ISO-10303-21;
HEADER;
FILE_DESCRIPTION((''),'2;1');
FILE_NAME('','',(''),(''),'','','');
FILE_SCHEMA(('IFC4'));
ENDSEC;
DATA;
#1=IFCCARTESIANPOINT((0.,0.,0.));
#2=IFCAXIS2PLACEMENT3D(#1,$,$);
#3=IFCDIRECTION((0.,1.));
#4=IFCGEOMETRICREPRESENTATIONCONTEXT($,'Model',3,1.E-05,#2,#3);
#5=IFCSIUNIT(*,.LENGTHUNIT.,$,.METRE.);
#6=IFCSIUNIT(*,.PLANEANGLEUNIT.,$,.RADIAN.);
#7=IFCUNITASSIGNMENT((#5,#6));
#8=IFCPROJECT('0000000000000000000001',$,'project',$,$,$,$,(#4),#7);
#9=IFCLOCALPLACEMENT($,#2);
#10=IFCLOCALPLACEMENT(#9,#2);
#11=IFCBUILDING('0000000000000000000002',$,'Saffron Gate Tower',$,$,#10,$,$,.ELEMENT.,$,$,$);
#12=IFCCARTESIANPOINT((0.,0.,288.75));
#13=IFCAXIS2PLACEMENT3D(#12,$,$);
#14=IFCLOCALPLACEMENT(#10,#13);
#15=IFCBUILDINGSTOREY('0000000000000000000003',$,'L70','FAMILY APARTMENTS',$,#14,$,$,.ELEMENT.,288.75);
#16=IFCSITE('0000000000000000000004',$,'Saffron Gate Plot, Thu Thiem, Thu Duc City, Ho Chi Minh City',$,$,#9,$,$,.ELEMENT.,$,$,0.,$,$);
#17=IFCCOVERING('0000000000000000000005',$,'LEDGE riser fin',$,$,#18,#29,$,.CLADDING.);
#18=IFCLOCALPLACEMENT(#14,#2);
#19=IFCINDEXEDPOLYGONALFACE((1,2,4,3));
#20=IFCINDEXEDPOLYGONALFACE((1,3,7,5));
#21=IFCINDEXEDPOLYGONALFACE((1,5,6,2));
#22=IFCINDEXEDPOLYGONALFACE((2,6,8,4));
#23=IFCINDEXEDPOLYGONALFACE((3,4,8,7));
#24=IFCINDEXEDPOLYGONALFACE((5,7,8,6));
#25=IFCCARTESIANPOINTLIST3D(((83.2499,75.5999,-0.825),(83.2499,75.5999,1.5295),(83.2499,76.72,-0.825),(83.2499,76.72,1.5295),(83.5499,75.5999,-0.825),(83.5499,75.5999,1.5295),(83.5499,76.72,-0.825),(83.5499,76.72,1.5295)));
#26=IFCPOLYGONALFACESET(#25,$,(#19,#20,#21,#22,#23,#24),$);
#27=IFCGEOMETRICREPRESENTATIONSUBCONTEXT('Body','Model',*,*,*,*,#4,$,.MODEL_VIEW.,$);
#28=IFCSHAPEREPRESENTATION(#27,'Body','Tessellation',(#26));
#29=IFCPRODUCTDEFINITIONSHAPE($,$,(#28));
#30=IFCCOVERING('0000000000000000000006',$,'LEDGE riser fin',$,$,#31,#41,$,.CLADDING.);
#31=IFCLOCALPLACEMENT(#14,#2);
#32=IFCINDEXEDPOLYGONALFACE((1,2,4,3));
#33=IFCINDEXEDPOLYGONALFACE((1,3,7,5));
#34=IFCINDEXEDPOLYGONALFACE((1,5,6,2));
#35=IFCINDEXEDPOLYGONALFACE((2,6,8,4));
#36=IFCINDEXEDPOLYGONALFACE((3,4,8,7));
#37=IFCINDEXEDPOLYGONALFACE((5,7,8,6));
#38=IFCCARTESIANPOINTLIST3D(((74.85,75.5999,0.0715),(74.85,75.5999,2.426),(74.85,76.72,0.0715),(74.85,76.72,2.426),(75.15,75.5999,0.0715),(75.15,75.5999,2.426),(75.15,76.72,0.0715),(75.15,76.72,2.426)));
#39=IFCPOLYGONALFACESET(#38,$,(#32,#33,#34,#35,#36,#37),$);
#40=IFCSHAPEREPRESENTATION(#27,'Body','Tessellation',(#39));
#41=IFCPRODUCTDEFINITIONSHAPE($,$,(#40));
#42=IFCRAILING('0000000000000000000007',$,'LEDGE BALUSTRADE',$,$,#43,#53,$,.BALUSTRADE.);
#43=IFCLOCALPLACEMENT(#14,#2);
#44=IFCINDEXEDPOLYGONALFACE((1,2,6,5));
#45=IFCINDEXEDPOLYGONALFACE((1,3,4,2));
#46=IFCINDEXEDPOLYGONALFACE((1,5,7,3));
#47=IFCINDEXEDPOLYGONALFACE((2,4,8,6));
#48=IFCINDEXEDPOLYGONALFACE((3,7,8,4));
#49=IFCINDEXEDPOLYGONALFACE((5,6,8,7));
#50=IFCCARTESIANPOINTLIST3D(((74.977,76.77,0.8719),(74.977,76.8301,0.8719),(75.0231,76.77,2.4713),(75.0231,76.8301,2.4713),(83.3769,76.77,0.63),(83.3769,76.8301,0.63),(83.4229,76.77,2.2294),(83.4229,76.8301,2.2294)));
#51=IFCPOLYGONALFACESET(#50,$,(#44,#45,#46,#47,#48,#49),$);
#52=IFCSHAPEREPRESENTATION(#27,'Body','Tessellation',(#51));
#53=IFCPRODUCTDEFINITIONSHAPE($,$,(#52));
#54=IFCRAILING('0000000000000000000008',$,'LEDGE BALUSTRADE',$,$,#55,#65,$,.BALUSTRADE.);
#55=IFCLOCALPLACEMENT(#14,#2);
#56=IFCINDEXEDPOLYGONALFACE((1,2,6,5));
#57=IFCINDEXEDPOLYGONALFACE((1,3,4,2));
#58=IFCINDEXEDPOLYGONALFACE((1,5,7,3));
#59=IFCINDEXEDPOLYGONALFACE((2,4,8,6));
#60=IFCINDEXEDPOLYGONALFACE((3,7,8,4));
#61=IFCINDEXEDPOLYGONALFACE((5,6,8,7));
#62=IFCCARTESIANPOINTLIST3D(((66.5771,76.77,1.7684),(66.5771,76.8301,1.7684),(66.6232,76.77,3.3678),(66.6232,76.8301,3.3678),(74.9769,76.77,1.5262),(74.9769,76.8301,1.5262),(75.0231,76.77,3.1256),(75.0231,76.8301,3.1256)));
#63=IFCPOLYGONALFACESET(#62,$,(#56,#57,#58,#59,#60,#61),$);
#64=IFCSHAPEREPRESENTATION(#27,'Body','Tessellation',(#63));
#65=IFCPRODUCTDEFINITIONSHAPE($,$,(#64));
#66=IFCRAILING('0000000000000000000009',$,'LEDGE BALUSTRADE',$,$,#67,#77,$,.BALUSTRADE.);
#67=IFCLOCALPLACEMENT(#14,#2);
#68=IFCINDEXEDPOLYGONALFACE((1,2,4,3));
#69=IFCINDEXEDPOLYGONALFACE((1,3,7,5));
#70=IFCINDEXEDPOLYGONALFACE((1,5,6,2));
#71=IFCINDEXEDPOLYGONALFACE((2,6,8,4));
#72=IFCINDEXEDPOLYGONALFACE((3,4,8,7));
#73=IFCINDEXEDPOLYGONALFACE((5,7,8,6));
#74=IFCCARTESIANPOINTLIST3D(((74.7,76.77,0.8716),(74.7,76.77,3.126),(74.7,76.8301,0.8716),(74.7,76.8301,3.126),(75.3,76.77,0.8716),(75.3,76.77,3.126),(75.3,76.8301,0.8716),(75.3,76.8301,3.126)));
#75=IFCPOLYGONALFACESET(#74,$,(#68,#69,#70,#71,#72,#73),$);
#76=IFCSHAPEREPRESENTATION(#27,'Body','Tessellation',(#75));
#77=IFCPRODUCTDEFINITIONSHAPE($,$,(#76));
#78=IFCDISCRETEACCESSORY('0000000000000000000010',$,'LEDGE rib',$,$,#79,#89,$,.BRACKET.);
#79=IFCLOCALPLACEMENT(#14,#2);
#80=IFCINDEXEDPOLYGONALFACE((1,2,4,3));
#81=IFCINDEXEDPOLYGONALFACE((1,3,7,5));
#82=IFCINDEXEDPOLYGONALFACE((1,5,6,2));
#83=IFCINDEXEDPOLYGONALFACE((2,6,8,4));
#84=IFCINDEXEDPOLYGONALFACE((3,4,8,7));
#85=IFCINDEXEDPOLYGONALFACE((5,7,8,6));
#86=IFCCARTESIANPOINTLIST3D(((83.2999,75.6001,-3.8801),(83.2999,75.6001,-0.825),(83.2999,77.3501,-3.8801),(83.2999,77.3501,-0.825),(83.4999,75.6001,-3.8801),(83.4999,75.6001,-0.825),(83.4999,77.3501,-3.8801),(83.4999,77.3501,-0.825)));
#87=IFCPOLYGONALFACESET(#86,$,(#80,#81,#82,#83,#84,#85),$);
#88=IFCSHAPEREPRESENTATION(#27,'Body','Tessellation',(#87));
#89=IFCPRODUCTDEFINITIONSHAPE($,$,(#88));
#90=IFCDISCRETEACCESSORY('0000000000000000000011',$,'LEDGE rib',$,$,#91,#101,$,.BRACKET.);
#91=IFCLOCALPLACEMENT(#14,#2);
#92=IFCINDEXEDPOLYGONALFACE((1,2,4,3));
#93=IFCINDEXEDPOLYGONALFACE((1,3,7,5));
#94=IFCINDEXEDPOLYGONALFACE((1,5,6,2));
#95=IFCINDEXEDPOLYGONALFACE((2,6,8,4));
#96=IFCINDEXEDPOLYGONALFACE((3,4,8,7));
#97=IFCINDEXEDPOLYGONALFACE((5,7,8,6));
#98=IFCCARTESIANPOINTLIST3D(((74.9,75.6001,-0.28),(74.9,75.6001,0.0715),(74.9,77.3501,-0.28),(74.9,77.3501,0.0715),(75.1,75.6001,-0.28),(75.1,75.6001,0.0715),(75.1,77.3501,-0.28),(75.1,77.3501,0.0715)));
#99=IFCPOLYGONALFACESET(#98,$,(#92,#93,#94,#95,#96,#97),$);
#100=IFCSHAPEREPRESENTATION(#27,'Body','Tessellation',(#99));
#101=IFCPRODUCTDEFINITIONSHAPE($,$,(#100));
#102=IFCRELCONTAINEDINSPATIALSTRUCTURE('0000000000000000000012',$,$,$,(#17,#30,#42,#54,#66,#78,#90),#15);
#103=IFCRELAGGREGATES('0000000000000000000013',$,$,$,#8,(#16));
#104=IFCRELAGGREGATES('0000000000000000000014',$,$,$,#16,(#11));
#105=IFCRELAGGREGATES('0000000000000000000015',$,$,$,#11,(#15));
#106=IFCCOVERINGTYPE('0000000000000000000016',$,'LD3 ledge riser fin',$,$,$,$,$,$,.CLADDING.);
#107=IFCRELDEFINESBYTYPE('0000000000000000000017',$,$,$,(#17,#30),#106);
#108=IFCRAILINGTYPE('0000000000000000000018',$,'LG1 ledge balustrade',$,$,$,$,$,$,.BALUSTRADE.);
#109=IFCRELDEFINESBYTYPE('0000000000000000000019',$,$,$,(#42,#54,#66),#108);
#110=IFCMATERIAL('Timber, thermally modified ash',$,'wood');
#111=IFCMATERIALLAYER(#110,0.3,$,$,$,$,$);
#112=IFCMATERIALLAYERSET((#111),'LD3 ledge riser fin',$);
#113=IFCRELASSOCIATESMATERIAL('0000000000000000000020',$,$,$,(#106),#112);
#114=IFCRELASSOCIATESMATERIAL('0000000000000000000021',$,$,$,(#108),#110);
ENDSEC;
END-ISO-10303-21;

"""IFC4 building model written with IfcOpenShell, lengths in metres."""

from ifc_helpers import new_model, si_unit, direction, frame, origin, origin_2d, place, context, subcontext, project, spatial, rectangle, extrude, material, layer, layer_set, type_object, element, save


model = new_model("IFC4")

# Units and contexts
model_context = context("Model", 3, precision=1e-05, world=origin(), true_north=direction((0.0, 1.0)))
body_context = subcontext(model_context, "Body", "Model", "MODEL_VIEW")
ifc_project = project(units=[si_unit("LENGTHUNIT", "METRE"), si_unit("PLANEANGLEUNIT", "RADIAN")], contexts=[model_context])

# Site, building, storey
site_placement = place(None, origin())
site = spatial("IfcSite", under=ifc_project, at=site_placement, Name="Saffron Gate Plot, Thu Thiem, Thu Duc City, Ho Chi Minh City", CompositionType="ELEMENT", RefElevation=0.0)
building_placement = place(site_placement, origin())
building = spatial("IfcBuilding", under=site, at=building_placement, Name="Saffron Gate Tower", CompositionType="ELEMENT")
storey_placement = place(building_placement, frame((0.0, 0.0, 288.75)))
storey = spatial("IfcBuildingStorey", under=building, at=storey_placement, Name="L70", Description="FAMILY APARTMENTS", CompositionType="ELEMENT", Elevation=288.75)

# Coverings
ifc_material_1 = material(Name="Timber, thermally modified ash", Category="wood")
ifc_layer_1 = layer(ifc_material_1, 0.3)
ifc_layer_set_1 = layer_set([ifc_layer_1], Name="LD3 ledge riser fin")
covering_type_1 = type_object("IfcCoveringType", Name="LD3 ledge riser fin", PredefinedType="CLADDING", material=ifc_layer_set_1)
for number, where, z_axis, x_axis, name in (
    (1, (83.3999, 76.1599, -0.825), (0.0, 0.0, 1.0), (-1.0, 0.0, 0.0), "LEDGE riser fin"),
    (2, (75.0, 76.1599, 0.0715), (0.0, 0.0, 1.0), (-1.0, 0.0, 0.0), "LEDGE riser fin"),
):
    element("IfcCovering", number, at=place(storey_placement, frame(where, z_axis=z_axis, x_axis=x_axis)), inside=storey, type_object=covering_type_1, Name=name, PredefinedType="CLADDING", context=body_context, shape_type="SweptSolid", body=[
        extrude(rectangle(XDim=0.3, YDim=1.1201, at=origin_2d()), origin(), (0.0, 0.0, 1.0), 2.3545),
    ])

# Railings
railing_type_1 = type_object("IfcRailingType", Name="LG1 ledge balustrade", PredefinedType="BALUSTRADE", material=ifc_material_1)
railing_1_placement = place(storey_placement, frame((83.3999, 76.8, 0.6296)))
element("IfcRailing", 3, at=railing_1_placement, inside=storey, type_object=railing_type_1, Name="LEDGE BALUSTRADE", PredefinedType="BALUSTRADE", context=body_context, shape_type="SweptSolid", body=[
    extrude(rectangle(XDim=0.0601, YDim=1.6001, at=origin_2d()), frame((0.0, 0.0, 0.8), z_axis=(-0.999585, 0.0, 0.028791), x_axis=(0.0, -1.0, 0.0)), (0.0, 0.0, 1.0), 8.4033),
])
railing_2_placement = place(storey_placement, frame((75.0, 76.8, 1.5259)))
element("IfcRailing", 4, at=railing_2_placement, inside=storey, type_object=railing_type_1, Name="LEDGE BALUSTRADE", PredefinedType="BALUSTRADE", context=body_context, shape_type="SweptSolid", body=[
    extrude(rectangle(XDim=0.0601, YDim=1.6001, at=origin_2d()), frame((0.0, 0.0, 0.8), z_axis=(-0.999585, 0.0, 0.02882), x_axis=(0.0, -1.0, 0.0)), (0.0, 0.0, 1.0), 8.4033),
])
railing_3_placement = place(storey_placement, frame((75.3, 76.8, 0.8716)))
element("IfcRailing", 5, at=railing_3_placement, inside=storey, type_object=railing_type_1, Name="LEDGE BALUSTRADE", PredefinedType="BALUSTRADE", context=body_context, shape_type="SweptSolid", body=[
    extrude(rectangle(XDim=0.0601, YDim=2.2544, at=origin_2d()), frame((0.0, 0.0, 1.1272), z_axis=(-1.0, 0.0, 0.0), x_axis=(0.0, -1.0, 0.0)), (0.0, 0.0, 1.0), 0.6001),
])

# Discrete accessories
discrete_accessory_1_placement = place(storey_placement, frame((83.3999, 76.4751, -3.8801), z_axis=(0.0, 0.0, 1.0), x_axis=(-1.0, 0.0, 0.0)))
element("IfcDiscreteAccessory", 6, at=discrete_accessory_1_placement, inside=storey, Name="LEDGE rib", PredefinedType="BRACKET", context=body_context, shape_type="SweptSolid", body=[
    extrude(rectangle(XDim=0.2, YDim=1.75, at=origin_2d()), origin(), (0.0, 0.0, 1.0), 3.0552),
])
discrete_accessory_2_placement = place(storey_placement, frame((75.0, 76.4751, -0.28), z_axis=(0.0, 0.0, 1.0), x_axis=(-1.0, 0.0, 0.0)))
element("IfcDiscreteAccessory", 7, at=discrete_accessory_2_placement, inside=storey, Name="LEDGE rib", PredefinedType="BRACKET", context=body_context, shape_type="SweptSolid", body=[
    extrude(rectangle(XDim=0.2, YDim=1.75, at=origin_2d()), origin(), (0.0, 0.0, 1.0), 0.3516),
])

save(model, "model.ifc")
